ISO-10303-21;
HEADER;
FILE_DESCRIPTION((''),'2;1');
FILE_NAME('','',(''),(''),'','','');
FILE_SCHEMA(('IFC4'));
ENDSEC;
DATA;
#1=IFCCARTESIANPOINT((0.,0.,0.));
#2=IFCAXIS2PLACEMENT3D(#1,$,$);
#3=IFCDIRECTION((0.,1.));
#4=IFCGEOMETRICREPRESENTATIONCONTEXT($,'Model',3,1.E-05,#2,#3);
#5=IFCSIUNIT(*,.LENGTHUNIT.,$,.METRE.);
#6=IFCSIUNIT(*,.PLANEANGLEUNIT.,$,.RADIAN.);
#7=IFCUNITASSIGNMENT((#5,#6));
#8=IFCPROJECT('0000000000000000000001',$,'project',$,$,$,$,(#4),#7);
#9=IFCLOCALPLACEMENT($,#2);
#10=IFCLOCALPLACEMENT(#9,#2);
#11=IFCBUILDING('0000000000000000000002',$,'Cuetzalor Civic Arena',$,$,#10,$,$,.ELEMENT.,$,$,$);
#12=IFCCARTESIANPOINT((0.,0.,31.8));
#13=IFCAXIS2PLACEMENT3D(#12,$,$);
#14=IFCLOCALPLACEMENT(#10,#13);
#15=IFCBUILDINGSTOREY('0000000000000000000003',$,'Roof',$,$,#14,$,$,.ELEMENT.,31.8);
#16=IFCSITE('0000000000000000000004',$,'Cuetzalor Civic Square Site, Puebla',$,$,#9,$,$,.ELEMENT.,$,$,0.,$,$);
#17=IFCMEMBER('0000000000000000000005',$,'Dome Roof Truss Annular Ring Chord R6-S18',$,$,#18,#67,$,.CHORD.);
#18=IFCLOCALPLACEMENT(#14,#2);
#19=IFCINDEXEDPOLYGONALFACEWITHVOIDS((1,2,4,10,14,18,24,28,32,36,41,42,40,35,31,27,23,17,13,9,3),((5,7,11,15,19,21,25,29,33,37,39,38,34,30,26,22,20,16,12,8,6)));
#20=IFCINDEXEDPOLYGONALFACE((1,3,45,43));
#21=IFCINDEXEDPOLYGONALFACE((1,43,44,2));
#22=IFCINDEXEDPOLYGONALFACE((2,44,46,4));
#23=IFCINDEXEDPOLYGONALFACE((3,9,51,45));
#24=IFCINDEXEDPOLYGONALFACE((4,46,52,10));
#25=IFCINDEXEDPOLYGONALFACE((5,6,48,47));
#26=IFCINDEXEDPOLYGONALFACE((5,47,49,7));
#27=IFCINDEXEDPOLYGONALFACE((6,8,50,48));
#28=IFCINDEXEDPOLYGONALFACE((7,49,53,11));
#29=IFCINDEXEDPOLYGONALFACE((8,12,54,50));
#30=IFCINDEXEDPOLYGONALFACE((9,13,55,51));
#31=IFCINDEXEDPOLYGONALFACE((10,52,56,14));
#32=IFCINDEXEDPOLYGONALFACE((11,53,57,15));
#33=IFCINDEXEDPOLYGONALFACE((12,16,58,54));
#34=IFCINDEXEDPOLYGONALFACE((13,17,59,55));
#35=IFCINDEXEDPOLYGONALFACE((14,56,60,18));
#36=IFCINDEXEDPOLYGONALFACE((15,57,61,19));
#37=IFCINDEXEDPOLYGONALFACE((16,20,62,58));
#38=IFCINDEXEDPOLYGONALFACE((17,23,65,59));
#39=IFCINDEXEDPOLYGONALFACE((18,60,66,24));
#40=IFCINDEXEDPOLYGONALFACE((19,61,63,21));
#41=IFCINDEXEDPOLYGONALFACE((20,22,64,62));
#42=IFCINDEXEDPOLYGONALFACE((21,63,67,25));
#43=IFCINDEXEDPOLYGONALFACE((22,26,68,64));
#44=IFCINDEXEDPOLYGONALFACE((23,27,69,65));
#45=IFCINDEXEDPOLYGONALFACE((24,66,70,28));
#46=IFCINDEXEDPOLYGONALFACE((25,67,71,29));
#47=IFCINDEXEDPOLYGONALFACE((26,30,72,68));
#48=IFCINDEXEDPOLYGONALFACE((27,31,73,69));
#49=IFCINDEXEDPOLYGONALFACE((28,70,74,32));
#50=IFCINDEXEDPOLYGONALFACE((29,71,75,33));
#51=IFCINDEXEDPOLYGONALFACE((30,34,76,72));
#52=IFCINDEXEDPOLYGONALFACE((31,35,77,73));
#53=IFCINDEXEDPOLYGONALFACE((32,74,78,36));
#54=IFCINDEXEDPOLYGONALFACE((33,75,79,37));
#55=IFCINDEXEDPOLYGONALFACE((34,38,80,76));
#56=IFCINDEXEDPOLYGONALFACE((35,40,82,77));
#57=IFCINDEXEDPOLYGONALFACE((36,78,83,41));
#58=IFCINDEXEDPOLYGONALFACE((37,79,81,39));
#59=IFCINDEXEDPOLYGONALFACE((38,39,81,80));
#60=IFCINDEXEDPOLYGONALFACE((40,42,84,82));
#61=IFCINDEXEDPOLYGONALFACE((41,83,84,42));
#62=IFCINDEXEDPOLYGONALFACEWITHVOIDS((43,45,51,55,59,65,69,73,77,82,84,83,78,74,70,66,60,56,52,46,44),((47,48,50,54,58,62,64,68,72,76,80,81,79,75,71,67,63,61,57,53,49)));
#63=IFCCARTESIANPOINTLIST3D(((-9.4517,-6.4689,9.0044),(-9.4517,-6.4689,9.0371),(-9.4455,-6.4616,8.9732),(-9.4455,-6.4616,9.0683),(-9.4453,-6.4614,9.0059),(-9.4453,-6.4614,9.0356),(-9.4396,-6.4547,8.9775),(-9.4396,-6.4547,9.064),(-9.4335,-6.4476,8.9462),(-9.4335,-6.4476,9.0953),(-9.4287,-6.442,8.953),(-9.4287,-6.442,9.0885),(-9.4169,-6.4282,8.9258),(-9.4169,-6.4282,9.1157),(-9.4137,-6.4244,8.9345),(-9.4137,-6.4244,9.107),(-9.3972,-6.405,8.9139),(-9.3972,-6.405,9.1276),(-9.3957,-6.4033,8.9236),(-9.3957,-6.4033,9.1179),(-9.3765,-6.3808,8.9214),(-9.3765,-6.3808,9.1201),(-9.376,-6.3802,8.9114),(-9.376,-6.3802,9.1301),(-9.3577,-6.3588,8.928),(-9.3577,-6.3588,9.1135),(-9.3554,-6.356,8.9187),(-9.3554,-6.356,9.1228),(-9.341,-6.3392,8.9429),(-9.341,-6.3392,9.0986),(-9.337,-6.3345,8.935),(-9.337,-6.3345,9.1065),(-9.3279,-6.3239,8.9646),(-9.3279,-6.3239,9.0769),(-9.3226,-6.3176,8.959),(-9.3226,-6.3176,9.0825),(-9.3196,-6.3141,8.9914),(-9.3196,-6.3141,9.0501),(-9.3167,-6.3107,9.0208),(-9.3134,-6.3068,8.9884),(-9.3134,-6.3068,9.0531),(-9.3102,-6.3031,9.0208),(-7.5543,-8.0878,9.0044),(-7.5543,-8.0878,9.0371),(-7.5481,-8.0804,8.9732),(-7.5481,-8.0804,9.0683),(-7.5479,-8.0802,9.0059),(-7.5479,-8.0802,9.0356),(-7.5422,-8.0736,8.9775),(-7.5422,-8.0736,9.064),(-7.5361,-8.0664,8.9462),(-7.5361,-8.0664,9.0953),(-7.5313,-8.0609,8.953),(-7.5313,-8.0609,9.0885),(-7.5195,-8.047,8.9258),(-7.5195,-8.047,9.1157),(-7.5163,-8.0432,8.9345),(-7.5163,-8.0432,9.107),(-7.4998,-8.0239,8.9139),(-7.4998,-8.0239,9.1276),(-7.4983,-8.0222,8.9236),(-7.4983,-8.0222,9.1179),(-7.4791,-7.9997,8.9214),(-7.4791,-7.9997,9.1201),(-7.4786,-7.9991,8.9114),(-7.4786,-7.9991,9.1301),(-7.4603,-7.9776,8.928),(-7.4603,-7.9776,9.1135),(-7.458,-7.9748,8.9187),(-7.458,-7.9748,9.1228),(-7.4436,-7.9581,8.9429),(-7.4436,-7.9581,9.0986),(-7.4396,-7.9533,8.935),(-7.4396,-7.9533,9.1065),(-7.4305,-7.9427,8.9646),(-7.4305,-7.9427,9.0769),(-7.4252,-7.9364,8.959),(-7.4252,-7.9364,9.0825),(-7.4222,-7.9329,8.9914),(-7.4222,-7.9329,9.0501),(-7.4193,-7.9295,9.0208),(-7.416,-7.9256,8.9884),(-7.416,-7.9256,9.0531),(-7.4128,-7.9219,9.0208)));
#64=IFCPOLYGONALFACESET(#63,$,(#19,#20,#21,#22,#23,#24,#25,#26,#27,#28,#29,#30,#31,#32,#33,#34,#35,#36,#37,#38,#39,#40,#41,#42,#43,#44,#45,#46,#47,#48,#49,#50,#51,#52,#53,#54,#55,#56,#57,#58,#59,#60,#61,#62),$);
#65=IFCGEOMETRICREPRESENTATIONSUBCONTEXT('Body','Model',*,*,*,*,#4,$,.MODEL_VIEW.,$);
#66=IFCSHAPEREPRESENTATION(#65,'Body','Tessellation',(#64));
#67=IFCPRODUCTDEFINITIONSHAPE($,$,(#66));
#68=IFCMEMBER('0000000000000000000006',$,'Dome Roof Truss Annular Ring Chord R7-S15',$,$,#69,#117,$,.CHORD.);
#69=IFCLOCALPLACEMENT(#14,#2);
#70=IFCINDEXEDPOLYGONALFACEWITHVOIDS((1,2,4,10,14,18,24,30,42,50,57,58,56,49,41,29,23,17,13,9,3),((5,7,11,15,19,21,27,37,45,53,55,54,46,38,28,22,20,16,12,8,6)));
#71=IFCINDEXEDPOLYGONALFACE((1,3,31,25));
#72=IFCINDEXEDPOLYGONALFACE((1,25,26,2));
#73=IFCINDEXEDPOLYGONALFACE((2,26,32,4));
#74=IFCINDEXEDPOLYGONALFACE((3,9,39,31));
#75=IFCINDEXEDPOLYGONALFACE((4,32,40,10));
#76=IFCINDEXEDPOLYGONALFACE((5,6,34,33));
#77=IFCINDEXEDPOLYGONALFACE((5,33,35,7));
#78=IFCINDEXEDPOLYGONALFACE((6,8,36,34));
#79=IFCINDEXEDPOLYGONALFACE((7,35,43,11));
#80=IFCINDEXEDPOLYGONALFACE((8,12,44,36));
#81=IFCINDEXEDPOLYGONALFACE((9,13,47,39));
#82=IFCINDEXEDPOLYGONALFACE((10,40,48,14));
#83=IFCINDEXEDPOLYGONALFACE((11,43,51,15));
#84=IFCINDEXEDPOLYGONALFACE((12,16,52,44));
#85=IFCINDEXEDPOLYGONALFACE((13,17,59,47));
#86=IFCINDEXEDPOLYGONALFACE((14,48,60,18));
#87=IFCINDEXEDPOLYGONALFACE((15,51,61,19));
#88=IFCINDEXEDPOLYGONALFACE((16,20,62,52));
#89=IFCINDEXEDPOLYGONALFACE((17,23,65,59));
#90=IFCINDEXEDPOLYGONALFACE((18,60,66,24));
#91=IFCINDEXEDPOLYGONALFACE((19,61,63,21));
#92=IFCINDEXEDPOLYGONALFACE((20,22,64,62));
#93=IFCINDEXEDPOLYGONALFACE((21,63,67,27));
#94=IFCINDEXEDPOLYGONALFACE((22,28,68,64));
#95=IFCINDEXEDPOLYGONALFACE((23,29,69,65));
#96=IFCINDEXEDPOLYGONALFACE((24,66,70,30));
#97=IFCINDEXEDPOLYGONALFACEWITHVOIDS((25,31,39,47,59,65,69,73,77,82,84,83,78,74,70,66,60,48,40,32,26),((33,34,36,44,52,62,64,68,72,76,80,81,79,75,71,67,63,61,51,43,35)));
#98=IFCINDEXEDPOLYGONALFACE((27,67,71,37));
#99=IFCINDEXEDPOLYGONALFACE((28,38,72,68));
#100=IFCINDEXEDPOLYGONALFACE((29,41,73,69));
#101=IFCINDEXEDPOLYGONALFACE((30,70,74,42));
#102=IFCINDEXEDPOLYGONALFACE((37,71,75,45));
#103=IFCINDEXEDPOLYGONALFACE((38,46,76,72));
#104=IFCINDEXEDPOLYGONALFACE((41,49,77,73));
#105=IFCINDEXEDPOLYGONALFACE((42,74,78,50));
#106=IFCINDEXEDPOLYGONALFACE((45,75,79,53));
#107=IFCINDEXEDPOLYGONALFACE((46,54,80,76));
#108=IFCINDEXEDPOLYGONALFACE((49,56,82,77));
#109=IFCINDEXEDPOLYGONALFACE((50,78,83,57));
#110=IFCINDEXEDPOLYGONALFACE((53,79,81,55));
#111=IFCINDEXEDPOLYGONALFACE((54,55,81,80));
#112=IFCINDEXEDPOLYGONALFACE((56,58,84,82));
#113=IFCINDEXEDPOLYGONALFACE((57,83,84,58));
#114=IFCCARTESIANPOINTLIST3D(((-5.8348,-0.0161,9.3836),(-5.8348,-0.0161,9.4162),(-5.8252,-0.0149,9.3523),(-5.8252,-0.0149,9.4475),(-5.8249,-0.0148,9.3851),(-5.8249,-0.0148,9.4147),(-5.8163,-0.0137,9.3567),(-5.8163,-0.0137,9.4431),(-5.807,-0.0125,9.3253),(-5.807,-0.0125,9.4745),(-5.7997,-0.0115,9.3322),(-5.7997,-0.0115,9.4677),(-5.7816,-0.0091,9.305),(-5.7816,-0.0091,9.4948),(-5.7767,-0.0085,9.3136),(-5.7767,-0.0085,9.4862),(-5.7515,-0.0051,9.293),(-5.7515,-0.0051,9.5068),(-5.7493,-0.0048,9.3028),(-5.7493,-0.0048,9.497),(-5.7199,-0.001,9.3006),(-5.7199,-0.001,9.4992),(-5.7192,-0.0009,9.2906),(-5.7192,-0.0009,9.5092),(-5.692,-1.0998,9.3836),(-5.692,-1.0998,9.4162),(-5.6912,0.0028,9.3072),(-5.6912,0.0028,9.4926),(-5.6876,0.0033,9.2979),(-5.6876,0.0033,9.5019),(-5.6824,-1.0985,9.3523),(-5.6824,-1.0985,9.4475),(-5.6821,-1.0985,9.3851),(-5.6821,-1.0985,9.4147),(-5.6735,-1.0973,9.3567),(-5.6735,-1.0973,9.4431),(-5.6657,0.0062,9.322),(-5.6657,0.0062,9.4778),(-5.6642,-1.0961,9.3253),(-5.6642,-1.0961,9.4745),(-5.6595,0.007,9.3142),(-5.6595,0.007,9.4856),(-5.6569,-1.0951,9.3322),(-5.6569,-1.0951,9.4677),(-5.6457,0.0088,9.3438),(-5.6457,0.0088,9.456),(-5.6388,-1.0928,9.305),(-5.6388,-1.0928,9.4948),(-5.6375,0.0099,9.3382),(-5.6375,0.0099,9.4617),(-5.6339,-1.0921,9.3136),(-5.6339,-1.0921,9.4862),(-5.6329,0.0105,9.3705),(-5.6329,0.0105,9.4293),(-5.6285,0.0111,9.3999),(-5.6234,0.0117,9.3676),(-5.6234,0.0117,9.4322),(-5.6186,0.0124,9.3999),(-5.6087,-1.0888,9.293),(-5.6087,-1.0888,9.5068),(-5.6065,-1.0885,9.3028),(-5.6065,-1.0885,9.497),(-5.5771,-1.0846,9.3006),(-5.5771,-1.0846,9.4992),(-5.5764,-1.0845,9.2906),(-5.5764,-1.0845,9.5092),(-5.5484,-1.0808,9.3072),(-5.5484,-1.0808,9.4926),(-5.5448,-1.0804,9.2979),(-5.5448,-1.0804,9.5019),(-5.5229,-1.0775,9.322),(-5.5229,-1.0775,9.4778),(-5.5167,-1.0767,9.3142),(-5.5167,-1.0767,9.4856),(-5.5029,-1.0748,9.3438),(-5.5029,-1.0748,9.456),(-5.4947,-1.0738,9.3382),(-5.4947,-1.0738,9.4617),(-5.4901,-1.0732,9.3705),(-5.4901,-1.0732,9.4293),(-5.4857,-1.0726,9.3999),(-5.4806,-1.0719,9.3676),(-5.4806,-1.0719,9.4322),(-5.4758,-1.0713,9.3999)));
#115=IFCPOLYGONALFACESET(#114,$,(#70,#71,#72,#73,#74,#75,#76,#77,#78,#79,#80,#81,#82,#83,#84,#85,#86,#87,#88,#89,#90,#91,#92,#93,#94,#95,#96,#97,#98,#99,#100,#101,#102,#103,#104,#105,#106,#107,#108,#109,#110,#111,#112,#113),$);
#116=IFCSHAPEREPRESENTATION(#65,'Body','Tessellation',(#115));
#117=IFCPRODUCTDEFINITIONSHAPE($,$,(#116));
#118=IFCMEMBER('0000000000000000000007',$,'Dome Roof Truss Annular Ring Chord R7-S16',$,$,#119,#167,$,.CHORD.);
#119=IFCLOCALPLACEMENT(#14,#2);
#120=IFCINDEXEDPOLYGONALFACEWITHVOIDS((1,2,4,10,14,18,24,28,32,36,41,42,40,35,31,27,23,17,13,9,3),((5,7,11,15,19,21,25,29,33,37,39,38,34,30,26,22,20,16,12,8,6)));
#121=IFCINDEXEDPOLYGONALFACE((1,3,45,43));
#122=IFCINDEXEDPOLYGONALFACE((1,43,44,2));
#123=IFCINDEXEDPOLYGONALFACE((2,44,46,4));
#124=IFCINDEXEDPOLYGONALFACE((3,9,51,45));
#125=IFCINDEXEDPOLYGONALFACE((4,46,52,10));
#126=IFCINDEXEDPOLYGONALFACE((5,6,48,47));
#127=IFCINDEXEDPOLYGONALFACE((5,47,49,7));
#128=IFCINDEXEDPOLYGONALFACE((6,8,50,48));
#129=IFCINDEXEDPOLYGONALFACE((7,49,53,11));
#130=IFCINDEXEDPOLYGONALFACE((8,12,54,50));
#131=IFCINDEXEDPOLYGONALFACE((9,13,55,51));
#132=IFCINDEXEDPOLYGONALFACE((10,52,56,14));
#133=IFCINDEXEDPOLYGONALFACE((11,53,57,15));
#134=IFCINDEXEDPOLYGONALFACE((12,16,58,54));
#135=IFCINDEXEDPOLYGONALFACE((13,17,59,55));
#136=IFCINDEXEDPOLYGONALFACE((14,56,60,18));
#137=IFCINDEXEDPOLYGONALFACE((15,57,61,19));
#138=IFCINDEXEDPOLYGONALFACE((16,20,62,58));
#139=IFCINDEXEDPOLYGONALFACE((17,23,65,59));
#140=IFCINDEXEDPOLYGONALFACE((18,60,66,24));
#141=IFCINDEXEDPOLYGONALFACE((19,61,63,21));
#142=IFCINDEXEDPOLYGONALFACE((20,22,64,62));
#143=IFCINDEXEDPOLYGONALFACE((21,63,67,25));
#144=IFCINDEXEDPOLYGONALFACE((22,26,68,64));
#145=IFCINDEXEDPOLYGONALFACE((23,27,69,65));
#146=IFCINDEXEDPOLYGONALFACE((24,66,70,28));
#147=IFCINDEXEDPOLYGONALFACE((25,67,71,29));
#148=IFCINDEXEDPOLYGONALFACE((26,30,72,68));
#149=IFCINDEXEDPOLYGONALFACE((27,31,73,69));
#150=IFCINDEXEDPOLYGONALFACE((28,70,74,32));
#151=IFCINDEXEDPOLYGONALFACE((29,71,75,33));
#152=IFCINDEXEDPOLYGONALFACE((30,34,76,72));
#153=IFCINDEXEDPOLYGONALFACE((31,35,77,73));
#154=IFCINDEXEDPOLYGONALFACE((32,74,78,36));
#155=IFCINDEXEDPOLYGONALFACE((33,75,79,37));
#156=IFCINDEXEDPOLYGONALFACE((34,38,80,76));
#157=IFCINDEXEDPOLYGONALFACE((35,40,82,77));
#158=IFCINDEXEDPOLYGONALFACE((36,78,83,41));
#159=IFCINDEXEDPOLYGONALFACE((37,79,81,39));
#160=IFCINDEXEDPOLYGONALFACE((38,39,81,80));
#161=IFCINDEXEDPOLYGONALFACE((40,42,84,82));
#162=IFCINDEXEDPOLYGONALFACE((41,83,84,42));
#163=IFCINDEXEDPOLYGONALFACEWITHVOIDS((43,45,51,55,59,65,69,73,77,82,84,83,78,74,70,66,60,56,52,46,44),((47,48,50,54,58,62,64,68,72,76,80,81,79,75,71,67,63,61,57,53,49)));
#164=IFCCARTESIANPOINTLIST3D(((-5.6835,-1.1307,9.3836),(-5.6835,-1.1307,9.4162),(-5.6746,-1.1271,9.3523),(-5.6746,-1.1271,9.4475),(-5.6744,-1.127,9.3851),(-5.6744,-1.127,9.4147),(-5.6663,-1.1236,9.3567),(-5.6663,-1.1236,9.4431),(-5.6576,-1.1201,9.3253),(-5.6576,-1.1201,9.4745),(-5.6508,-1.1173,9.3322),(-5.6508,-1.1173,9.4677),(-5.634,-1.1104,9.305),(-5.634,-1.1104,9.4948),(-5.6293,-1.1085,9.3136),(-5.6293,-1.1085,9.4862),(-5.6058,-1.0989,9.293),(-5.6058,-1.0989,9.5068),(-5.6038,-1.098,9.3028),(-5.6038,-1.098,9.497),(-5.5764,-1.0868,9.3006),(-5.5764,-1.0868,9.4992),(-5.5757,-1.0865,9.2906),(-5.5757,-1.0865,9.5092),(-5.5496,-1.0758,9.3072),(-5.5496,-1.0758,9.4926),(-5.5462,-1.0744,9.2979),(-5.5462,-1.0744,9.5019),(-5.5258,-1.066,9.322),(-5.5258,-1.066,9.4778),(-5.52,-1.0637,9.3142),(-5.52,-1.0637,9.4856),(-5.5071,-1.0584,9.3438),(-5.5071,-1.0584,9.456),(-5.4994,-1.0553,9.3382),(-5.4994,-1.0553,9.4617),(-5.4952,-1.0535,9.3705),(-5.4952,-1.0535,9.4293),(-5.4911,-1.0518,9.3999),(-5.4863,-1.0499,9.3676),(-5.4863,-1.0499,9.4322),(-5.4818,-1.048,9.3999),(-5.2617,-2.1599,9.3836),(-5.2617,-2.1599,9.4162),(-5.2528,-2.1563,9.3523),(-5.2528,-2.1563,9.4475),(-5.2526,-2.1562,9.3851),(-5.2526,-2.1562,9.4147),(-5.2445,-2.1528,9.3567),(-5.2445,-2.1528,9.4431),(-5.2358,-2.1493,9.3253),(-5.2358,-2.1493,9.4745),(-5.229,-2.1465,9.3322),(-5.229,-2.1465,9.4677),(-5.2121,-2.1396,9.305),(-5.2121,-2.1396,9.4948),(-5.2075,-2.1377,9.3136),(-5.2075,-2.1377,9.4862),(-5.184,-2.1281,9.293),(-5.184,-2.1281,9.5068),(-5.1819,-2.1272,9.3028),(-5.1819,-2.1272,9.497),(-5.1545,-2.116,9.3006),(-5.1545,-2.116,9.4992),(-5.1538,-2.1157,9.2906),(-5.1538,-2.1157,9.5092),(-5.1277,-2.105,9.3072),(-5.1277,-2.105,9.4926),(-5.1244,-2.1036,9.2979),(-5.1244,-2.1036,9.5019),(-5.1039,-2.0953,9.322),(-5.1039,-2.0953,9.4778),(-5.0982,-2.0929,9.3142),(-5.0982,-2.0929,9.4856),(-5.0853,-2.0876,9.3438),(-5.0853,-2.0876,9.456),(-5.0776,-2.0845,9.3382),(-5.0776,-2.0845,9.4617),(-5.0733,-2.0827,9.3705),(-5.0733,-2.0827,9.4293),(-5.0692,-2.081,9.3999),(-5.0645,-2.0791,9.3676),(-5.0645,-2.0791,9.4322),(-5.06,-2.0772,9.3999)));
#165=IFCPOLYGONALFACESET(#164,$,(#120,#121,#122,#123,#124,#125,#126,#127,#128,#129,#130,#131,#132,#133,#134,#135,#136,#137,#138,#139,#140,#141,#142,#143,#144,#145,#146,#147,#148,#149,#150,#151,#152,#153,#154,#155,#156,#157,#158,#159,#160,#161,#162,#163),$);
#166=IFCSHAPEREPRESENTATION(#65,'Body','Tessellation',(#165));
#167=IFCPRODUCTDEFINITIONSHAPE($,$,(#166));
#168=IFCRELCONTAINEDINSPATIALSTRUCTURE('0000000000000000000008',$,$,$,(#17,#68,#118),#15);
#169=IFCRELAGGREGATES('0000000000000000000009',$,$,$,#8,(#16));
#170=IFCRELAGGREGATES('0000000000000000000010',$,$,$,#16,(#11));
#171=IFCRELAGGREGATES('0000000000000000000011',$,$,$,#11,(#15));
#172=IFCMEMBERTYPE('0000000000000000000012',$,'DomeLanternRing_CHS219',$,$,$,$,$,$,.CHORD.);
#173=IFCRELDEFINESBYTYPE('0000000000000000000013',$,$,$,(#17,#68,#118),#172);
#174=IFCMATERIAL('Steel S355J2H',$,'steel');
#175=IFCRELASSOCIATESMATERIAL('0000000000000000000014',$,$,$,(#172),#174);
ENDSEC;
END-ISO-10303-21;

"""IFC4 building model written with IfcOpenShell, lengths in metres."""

from ifc_helpers import new_model, si_unit, direction, frame, origin, origin_2d, place, context, subcontext, project, spatial, hollow_circle, extrude, material, material_profile, profile_set, type_object, element, save


model = new_model("IFC4")

# Units and contexts
model_context = context("Model", 3, precision=1e-05, world=origin(), true_north=direction((0.0, 1.0)))
body_context = subcontext(model_context, "Body", "Model", "MODEL_VIEW")
ifc_project = project(units=[si_unit("LENGTHUNIT", "METRE"), si_unit("PLANEANGLEUNIT", "RADIAN")], contexts=[model_context])

# Site, building, storey
site_placement = place(None, origin())
site = spatial("IfcSite", under=ifc_project, at=site_placement, Name="Cuetzalor Civic Square Site, Puebla", CompositionType="ELEMENT", RefElevation=0.0)
building_placement = place(site_placement, origin())
building = spatial("IfcBuilding", under=site, at=building_placement, Name="Cuetzalor Civic Arena", CompositionType="ELEMENT")
storey_placement = place(building_placement, frame((0.0, 0.0, 31.8)))
storey = spatial("IfcBuildingStorey", under=building, at=storey_placement, Name="Roof", CompositionType="ELEMENT", Elevation=31.8)

# Members
ifc_material_1 = material(Name="Steel S355J2H", Category="steel")
ifc_material_profile_1 = material_profile(ifc_material_1, hollow_circle(Radius=0.1096, WallThickness=0.01, at=origin_2d()), Name="CHS 219.1x10")
ifc_profile_set_1 = profile_set([ifc_material_profile_1], Name="Steel S355J2H")
member_type_1 = type_object("IfcMemberType", Name="DomeLanternRing_CHS219", PredefinedType="CHORD", material=ifc_profile_set_1)
member_1_placement = place(storey_placement, frame((-9.3813, -6.3865, 9.0208), z_axis=(0.76074, -0.649057, 0.0), x_axis=(0.649057, 0.76074, 0.0)))
element("IfcMember", 1, at=member_1_placement, inside=storey, type_object=member_type_1, Name="Dome Roof Truss Annular Ring Chord R6-S18", PredefinedType="CHORD", context=body_context, shape_type="SweptSolid", body=[
    extrude(hollow_circle(Radius=0.1096, WallThickness=0.01, at=origin_2d()), origin(), (0.0, 0.0, 1.0), 2.4941),
])
member_2_placement = place(storey_placement, frame((-5.7273, -0.002, 9.3999), z_axis=(0.130657, -0.991428, 0.0), x_axis=(0.991428, 0.130657, 0.0)))
element("IfcMember", 2, at=member_2_placement, inside=storey, type_object=member_type_1, Name="Dome Roof Truss Annular Ring Chord R7-S15", PredefinedType="CHORD", context=body_context, shape_type="SweptSolid", body=[
    extrude(hollow_circle(Radius=0.1096, WallThickness=0.01, at=origin_2d()), origin(), (0.0, 0.0, 1.0), 1.093),
])
member_3_placement = place(storey_placement, frame((-5.5833, -1.0896, 9.3999), z_axis=(0.379248, -0.925295, 0.0), x_axis=(0.925295, 0.379248, 0.0)))
element("IfcMember", 3, at=member_3_placement, inside=storey, type_object=member_type_1, Name="Dome Roof Truss Annular Ring Chord R7-S16", PredefinedType="CHORD", context=body_context, shape_type="SweptSolid", body=[
    extrude(hollow_circle(Radius=0.1096, WallThickness=0.01, at=origin_2d()), origin(), (0.0, 0.0, 1.0), 1.1123),
])

save(model, "model.ifc")
